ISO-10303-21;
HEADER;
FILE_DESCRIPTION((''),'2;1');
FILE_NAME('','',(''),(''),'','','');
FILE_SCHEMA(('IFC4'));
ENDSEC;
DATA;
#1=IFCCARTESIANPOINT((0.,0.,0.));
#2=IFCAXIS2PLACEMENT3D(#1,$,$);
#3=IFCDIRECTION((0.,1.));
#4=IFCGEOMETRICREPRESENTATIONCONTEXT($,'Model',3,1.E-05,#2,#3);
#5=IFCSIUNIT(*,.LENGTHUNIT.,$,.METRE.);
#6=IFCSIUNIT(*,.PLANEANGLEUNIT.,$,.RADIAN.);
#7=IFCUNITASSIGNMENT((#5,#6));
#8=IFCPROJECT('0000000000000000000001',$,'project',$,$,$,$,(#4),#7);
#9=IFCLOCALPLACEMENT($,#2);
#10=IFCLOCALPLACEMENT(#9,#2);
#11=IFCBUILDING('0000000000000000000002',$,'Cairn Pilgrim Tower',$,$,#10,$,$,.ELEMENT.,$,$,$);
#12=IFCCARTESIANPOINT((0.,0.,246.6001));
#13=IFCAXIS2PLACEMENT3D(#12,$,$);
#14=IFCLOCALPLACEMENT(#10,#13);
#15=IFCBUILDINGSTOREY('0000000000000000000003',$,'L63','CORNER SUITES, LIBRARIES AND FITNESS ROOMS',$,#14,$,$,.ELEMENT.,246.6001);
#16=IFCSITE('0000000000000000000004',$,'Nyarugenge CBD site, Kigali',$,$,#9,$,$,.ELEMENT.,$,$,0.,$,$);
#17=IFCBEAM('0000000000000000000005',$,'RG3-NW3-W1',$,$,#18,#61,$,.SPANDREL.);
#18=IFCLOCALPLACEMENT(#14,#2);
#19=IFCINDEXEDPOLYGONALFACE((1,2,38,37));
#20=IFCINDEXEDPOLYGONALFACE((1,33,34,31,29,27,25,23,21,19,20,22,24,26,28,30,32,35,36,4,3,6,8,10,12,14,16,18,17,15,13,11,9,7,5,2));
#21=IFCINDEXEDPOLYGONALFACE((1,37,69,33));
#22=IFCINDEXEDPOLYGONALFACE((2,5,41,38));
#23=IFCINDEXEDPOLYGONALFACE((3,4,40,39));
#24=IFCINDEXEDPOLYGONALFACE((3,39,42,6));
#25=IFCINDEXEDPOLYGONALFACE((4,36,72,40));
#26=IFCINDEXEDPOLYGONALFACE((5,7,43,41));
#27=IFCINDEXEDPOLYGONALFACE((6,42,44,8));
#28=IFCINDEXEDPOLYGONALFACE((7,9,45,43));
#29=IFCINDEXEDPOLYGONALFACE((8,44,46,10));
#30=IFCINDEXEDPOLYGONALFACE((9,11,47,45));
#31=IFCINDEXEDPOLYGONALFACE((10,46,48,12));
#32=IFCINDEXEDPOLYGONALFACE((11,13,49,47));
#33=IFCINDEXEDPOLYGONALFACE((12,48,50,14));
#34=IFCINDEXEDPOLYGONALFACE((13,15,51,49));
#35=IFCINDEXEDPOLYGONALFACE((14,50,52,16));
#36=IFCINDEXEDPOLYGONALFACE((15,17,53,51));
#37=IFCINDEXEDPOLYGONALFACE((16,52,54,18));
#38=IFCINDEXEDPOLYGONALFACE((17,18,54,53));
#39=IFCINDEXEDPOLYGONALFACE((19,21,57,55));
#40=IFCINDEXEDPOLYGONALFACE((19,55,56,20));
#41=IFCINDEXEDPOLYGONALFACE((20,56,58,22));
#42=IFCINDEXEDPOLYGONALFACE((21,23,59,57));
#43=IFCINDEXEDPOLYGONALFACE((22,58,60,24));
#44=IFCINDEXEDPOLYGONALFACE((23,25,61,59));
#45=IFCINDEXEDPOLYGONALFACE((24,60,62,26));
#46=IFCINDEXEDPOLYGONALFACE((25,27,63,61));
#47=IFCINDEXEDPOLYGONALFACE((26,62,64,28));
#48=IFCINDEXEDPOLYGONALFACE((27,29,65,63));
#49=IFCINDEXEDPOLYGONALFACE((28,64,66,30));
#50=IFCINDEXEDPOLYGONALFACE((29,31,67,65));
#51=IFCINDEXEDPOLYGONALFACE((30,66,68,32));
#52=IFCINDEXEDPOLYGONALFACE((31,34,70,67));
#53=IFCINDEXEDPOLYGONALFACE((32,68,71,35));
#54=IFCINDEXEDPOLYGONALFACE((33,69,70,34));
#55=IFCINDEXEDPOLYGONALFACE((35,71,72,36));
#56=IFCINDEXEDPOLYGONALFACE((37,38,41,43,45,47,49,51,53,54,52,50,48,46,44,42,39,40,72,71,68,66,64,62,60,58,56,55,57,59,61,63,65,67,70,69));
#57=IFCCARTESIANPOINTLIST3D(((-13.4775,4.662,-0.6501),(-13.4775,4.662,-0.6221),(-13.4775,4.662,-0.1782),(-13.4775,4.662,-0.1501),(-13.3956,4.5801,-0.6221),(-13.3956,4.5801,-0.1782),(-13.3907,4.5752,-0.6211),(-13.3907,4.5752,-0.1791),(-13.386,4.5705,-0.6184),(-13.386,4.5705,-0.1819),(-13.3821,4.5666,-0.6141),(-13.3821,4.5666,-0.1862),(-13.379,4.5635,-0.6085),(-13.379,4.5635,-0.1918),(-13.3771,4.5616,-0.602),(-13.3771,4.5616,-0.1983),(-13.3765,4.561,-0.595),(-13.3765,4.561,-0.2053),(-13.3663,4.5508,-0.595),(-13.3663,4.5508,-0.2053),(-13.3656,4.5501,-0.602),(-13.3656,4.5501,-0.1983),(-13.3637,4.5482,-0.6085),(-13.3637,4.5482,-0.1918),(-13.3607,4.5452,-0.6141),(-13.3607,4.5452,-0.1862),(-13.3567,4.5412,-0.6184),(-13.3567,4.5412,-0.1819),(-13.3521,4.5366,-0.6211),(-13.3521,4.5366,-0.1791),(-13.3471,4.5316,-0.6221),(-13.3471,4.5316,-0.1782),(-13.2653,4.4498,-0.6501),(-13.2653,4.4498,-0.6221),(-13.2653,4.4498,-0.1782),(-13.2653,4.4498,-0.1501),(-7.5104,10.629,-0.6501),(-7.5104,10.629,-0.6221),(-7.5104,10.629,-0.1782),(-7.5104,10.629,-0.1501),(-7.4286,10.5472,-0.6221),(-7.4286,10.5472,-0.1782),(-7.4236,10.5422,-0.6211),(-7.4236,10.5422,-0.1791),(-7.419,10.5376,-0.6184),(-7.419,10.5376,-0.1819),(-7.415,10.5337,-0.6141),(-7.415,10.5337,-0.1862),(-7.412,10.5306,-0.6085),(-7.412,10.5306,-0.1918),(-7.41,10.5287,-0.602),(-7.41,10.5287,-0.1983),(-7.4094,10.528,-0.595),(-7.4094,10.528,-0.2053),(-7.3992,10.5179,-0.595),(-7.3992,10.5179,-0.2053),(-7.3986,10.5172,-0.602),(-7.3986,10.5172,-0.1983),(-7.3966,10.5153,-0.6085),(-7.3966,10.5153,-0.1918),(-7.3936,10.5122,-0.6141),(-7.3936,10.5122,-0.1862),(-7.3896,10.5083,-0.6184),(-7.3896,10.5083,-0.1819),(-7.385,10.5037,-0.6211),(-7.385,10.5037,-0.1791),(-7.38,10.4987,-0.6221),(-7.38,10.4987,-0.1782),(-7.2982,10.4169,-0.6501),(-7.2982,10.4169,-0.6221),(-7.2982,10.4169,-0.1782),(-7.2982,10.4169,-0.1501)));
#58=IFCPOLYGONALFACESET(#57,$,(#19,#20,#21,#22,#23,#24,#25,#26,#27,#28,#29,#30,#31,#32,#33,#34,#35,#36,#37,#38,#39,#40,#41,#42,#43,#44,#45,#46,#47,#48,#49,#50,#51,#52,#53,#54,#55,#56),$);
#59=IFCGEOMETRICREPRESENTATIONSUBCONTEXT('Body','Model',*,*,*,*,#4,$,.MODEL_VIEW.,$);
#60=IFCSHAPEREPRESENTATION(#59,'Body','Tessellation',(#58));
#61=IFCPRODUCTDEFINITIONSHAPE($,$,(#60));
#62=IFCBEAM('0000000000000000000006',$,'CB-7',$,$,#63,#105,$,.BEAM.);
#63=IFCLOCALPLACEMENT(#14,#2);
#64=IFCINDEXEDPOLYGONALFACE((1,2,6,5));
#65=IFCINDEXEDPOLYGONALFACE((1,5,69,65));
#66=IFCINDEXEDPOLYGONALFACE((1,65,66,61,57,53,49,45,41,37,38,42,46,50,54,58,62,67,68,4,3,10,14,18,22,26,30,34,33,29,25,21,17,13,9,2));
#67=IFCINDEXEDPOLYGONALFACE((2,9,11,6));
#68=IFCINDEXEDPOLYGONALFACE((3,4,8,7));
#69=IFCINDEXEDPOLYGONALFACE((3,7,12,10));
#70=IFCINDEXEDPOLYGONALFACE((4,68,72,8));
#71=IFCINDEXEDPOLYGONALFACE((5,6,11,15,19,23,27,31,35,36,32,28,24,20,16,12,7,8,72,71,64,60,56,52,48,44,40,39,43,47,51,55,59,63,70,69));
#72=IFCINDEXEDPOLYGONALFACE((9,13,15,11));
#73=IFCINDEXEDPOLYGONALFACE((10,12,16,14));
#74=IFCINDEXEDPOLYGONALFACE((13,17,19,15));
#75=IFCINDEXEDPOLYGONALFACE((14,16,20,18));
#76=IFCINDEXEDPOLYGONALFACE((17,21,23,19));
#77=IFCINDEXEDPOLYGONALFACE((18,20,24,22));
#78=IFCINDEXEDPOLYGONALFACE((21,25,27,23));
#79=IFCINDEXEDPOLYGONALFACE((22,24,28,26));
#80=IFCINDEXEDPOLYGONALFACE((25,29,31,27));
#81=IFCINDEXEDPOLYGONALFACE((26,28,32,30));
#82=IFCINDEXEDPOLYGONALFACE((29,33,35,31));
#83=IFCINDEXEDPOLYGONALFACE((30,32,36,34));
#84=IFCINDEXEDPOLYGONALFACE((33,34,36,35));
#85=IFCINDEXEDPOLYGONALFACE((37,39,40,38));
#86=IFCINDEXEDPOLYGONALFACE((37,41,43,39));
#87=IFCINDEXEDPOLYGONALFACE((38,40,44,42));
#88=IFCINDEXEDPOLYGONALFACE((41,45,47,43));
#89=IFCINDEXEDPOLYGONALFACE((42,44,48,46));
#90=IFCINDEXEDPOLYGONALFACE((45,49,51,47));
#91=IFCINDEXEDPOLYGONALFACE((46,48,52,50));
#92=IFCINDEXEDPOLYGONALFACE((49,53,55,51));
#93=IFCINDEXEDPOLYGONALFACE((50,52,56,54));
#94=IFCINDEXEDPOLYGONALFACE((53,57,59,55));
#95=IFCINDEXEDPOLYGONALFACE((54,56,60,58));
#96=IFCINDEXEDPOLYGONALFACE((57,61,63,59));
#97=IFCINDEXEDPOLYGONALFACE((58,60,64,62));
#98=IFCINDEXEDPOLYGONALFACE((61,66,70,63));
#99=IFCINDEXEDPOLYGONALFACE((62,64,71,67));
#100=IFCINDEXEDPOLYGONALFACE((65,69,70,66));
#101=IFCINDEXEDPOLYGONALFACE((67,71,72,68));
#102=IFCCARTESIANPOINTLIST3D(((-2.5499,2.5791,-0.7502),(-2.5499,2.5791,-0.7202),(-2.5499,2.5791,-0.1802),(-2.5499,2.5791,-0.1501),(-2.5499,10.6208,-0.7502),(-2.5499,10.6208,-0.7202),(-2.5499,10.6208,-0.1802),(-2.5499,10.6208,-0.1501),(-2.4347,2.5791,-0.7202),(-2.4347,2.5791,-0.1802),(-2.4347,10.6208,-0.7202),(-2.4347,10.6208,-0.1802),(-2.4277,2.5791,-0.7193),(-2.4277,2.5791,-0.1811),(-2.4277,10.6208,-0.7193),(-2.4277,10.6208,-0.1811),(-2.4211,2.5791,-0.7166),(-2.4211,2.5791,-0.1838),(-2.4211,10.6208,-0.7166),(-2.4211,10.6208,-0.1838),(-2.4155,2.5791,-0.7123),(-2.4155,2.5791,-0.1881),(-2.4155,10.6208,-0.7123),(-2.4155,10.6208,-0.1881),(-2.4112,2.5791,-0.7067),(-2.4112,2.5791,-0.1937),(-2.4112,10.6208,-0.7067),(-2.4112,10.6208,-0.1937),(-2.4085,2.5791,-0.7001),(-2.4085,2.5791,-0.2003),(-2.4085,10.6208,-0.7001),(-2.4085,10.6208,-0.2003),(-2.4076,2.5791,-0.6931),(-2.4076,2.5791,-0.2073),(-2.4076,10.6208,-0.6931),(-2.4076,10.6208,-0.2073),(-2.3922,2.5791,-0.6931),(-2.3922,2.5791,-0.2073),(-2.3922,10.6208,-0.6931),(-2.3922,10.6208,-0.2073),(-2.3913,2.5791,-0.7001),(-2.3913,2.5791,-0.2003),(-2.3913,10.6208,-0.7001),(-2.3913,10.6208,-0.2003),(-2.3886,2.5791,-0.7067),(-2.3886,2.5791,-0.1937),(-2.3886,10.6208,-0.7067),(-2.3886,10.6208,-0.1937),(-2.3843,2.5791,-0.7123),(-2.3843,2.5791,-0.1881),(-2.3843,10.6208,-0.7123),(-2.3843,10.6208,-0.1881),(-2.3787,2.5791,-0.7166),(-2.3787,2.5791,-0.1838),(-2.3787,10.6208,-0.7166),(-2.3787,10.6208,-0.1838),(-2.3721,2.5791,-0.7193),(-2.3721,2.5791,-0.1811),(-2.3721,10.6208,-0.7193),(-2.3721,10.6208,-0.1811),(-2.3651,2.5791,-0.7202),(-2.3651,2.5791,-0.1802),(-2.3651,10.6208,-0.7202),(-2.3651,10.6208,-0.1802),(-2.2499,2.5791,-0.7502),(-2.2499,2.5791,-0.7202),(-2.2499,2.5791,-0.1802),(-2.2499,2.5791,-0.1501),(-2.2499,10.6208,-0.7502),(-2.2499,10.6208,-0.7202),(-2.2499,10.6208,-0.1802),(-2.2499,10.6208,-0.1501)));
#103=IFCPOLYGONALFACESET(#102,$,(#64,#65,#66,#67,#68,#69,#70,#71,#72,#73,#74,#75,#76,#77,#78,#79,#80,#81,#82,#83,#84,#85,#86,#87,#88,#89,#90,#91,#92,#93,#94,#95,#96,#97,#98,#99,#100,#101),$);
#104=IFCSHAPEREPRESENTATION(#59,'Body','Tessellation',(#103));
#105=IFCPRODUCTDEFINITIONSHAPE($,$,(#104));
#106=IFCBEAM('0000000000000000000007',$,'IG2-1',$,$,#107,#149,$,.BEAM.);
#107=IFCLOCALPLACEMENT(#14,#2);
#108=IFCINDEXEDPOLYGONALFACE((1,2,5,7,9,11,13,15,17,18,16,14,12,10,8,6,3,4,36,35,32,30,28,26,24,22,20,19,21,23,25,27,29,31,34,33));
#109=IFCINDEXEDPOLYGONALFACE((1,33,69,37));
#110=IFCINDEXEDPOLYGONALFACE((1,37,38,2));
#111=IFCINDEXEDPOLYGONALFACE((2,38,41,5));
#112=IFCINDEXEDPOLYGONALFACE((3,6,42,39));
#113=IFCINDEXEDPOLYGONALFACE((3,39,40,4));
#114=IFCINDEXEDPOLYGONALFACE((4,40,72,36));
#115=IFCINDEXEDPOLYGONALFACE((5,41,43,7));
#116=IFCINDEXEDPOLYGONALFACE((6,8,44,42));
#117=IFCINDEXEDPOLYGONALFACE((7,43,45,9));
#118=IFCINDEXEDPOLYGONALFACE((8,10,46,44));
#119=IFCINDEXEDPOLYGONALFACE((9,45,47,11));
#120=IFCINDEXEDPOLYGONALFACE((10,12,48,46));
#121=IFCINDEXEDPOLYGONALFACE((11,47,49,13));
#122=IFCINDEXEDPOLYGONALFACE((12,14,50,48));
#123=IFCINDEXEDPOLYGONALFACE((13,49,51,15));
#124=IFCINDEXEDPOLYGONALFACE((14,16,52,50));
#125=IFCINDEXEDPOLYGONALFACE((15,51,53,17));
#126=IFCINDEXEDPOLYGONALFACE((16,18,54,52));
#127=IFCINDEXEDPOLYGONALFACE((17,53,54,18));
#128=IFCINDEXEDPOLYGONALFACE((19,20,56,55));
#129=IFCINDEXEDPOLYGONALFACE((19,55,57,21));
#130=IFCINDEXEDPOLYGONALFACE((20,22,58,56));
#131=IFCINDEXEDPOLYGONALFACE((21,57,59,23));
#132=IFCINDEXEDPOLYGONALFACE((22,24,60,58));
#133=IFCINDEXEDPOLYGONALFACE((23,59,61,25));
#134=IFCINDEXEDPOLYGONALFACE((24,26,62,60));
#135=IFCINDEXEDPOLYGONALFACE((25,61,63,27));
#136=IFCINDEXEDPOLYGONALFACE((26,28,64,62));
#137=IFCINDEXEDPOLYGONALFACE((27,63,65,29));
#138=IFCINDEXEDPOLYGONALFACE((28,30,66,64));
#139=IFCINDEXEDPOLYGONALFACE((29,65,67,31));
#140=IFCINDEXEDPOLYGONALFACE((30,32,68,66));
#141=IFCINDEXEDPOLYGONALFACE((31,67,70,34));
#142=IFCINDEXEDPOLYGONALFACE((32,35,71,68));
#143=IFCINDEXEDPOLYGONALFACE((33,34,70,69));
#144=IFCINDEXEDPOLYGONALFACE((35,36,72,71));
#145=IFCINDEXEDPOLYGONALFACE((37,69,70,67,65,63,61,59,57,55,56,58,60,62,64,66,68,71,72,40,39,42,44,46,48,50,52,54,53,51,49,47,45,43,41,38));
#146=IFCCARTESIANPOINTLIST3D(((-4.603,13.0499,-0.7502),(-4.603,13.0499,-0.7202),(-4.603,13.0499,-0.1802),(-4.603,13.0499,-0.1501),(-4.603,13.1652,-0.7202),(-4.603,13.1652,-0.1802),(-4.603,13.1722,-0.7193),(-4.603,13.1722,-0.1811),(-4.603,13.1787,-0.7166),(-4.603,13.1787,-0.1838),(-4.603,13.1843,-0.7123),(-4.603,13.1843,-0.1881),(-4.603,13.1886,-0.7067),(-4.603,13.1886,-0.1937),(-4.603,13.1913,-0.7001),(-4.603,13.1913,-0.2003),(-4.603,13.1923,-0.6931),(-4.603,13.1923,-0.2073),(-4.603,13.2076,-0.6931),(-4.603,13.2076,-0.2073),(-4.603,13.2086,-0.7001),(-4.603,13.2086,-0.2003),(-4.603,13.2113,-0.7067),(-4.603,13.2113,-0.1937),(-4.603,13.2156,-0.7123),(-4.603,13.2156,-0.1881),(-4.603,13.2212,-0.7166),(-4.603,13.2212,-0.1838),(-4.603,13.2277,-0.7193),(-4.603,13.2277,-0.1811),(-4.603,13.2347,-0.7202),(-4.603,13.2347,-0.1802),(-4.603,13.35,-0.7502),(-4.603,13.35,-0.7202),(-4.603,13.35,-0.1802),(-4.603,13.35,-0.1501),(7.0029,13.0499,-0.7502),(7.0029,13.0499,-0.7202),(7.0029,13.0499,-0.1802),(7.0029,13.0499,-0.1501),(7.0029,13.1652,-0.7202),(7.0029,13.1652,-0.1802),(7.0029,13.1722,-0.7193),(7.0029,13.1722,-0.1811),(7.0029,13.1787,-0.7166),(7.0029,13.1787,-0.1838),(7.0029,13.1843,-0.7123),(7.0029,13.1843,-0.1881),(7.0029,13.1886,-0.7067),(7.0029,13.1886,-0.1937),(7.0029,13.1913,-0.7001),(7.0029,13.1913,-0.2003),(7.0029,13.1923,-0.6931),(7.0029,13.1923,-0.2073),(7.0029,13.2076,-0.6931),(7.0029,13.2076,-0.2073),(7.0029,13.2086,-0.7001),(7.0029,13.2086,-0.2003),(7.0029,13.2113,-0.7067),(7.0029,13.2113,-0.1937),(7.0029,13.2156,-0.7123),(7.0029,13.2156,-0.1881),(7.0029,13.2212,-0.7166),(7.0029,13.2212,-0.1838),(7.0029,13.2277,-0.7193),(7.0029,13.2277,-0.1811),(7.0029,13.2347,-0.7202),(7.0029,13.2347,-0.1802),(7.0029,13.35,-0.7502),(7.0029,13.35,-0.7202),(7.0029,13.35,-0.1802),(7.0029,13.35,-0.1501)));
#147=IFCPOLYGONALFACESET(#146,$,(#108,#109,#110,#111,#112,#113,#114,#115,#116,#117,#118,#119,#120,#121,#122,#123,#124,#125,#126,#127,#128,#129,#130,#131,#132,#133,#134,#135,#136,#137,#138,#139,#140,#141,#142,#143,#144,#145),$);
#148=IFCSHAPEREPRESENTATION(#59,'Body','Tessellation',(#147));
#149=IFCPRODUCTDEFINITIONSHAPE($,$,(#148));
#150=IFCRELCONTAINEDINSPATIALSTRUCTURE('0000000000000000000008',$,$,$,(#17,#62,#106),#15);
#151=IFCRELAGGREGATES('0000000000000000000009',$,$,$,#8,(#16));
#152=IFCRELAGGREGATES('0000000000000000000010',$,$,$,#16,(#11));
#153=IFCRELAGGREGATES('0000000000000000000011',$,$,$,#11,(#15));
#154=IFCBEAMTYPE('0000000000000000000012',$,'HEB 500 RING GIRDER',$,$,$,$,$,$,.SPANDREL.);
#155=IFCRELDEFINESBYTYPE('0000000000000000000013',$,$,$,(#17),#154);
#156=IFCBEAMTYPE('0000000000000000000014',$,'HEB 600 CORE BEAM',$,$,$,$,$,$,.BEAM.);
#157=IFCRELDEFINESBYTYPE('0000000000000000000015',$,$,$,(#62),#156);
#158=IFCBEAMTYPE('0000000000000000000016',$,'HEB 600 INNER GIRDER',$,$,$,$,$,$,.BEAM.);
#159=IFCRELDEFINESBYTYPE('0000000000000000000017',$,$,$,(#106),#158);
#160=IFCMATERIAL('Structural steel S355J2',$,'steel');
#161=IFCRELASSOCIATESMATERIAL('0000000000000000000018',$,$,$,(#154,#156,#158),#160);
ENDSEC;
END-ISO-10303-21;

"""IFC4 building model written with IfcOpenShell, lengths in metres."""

from ifc_helpers import new_model, si_unit, direction, frame, origin, origin_2d, place, context, subcontext, project, spatial, i_section, extrude, material, material_profile, profile_set, type_object, element, save


model = new_model("IFC4")

# Units and contexts
model_context = context("Model", 3, precision=1e-05, world=origin(), true_north=direction((0.0, 1.0)))
body_context = subcontext(model_context, "Body", "Model", "MODEL_VIEW")
ifc_project = project(units=[si_unit("LENGTHUNIT", "METRE"), si_unit("PLANEANGLEUNIT", "RADIAN")], contexts=[model_context])

# Site, building, storey
site_placement = place(None, origin())
site = spatial("IfcSite", under=ifc_project, at=site_placement, Name="Nyarugenge CBD site, Kigali", CompositionType="ELEMENT", RefElevation=0.0)
building_placement = place(site_placement, origin())
building = spatial("IfcBuilding", under=site, at=building_placement, Name="Cairn Pilgrim Tower", CompositionType="ELEMENT")
storey_placement = place(building_placement, frame((0.0, 0.0, 246.6001)))
storey = spatial("IfcBuildingStorey", under=building, at=storey_placement, Name="L63", Description="CORNER SUITES, LIBRARIES AND FITNESS ROOMS", CompositionType="ELEMENT", Elevation=246.6001)

# Shared definitions
ifc_material_1 = material(Name="Structural steel S355J2", Category="steel")

# Beams
ifc_material_profile_1 = material_profile(ifc_material_1, i_section(OverallWidth=0.3, OverallDepth=0.5, WebThickness=0.0144, FlangeThickness=0.0281, FilletRadius=0.0271, at=origin_2d()), Name="HEB 500")
ifc_profile_set_1 = profile_set([ifc_material_profile_1], Name="Structural steel S355J2")
beam_type_1 = type_object("IfcBeamType", Name="HEB 500 RING GIRDER", PredefinedType="SPANDREL", material=ifc_profile_set_1)
beam_1_placement = place(storey_placement, frame((-7.4043, 10.5229, -0.4001), z_axis=(-0.707107, -0.707107, 0.0), x_axis=(0.707107, -0.707107, 0.0)))
element("IfcBeam", 1, at=beam_1_placement, inside=storey, type_object=beam_type_1, Name="RG3-NW3-W1", PredefinedType="SPANDREL", context=body_context, shape_type="SweptSolid", body=[
    extrude(i_section(OverallWidth=0.3, OverallDepth=0.5, WebThickness=0.0144, FlangeThickness=0.0281, FilletRadius=0.0271, at=origin_2d()), origin(), (0.0, 0.0, 1.0), 8.4387),
])
ifc_material_profile_2 = material_profile(ifc_material_1, i_section(OverallWidth=0.3, OverallDepth=0.6001, WebThickness=0.0154, FlangeThickness=0.03, FilletRadius=0.0271, at=origin_2d()), Name="HEB 600")
ifc_profile_set_2 = profile_set([ifc_material_profile_2], Name="Structural steel S355J2")
beam_type_2 = type_object("IfcBeamType", Name="HEB 600 CORE BEAM", PredefinedType="BEAM", material=ifc_profile_set_2)
beam_2_placement = place(storey_placement, frame((-2.3999, 10.6208, -0.4502), z_axis=(0.0, -1.0, 0.0), x_axis=(1.0, 0.0, 0.0)))
element("IfcBeam", 2, at=beam_2_placement, inside=storey, type_object=beam_type_2, Name="CB-7", PredefinedType="BEAM", context=body_context, shape_type="SweptSolid", body=[
    extrude(i_section(OverallWidth=0.3, OverallDepth=0.6001, WebThickness=0.0154, FlangeThickness=0.03, FilletRadius=0.0271, at=origin_2d()), origin(), (0.0, 0.0, 1.0), 8.0417),
])
ifc_material_profile_3 = material_profile(ifc_material_1, i_section(OverallWidth=0.3, OverallDepth=0.6001, WebThickness=0.0154, FlangeThickness=0.03, FilletRadius=0.0271, at=origin_2d()), Name="HEB 600")
ifc_profile_set_3 = profile_set([ifc_material_profile_3], Name="Structural steel S355J2")
beam_type_3 = type_object("IfcBeamType", Name="HEB 600 INNER GIRDER", PredefinedType="BEAM", material=ifc_profile_set_3)
beam_3_placement = place(storey_placement, frame((-4.603, 13.2, -0.4502), z_axis=(1.0, 0.0, 0.0), x_axis=(0.0, 1.0, 0.0)))
element("IfcBeam", 3, at=beam_3_placement, inside=storey, type_object=beam_type_3, Name="IG2-1", PredefinedType="BEAM", context=body_context, shape_type="SweptSolid", body=[
    extrude(i_section(OverallWidth=0.3, OverallDepth=0.6001, WebThickness=0.0154, FlangeThickness=0.03, FilletRadius=0.0271, at=origin_2d()), origin(), (0.0, 0.0, 1.0), 11.606),
])

save(model, "model.ifc")
